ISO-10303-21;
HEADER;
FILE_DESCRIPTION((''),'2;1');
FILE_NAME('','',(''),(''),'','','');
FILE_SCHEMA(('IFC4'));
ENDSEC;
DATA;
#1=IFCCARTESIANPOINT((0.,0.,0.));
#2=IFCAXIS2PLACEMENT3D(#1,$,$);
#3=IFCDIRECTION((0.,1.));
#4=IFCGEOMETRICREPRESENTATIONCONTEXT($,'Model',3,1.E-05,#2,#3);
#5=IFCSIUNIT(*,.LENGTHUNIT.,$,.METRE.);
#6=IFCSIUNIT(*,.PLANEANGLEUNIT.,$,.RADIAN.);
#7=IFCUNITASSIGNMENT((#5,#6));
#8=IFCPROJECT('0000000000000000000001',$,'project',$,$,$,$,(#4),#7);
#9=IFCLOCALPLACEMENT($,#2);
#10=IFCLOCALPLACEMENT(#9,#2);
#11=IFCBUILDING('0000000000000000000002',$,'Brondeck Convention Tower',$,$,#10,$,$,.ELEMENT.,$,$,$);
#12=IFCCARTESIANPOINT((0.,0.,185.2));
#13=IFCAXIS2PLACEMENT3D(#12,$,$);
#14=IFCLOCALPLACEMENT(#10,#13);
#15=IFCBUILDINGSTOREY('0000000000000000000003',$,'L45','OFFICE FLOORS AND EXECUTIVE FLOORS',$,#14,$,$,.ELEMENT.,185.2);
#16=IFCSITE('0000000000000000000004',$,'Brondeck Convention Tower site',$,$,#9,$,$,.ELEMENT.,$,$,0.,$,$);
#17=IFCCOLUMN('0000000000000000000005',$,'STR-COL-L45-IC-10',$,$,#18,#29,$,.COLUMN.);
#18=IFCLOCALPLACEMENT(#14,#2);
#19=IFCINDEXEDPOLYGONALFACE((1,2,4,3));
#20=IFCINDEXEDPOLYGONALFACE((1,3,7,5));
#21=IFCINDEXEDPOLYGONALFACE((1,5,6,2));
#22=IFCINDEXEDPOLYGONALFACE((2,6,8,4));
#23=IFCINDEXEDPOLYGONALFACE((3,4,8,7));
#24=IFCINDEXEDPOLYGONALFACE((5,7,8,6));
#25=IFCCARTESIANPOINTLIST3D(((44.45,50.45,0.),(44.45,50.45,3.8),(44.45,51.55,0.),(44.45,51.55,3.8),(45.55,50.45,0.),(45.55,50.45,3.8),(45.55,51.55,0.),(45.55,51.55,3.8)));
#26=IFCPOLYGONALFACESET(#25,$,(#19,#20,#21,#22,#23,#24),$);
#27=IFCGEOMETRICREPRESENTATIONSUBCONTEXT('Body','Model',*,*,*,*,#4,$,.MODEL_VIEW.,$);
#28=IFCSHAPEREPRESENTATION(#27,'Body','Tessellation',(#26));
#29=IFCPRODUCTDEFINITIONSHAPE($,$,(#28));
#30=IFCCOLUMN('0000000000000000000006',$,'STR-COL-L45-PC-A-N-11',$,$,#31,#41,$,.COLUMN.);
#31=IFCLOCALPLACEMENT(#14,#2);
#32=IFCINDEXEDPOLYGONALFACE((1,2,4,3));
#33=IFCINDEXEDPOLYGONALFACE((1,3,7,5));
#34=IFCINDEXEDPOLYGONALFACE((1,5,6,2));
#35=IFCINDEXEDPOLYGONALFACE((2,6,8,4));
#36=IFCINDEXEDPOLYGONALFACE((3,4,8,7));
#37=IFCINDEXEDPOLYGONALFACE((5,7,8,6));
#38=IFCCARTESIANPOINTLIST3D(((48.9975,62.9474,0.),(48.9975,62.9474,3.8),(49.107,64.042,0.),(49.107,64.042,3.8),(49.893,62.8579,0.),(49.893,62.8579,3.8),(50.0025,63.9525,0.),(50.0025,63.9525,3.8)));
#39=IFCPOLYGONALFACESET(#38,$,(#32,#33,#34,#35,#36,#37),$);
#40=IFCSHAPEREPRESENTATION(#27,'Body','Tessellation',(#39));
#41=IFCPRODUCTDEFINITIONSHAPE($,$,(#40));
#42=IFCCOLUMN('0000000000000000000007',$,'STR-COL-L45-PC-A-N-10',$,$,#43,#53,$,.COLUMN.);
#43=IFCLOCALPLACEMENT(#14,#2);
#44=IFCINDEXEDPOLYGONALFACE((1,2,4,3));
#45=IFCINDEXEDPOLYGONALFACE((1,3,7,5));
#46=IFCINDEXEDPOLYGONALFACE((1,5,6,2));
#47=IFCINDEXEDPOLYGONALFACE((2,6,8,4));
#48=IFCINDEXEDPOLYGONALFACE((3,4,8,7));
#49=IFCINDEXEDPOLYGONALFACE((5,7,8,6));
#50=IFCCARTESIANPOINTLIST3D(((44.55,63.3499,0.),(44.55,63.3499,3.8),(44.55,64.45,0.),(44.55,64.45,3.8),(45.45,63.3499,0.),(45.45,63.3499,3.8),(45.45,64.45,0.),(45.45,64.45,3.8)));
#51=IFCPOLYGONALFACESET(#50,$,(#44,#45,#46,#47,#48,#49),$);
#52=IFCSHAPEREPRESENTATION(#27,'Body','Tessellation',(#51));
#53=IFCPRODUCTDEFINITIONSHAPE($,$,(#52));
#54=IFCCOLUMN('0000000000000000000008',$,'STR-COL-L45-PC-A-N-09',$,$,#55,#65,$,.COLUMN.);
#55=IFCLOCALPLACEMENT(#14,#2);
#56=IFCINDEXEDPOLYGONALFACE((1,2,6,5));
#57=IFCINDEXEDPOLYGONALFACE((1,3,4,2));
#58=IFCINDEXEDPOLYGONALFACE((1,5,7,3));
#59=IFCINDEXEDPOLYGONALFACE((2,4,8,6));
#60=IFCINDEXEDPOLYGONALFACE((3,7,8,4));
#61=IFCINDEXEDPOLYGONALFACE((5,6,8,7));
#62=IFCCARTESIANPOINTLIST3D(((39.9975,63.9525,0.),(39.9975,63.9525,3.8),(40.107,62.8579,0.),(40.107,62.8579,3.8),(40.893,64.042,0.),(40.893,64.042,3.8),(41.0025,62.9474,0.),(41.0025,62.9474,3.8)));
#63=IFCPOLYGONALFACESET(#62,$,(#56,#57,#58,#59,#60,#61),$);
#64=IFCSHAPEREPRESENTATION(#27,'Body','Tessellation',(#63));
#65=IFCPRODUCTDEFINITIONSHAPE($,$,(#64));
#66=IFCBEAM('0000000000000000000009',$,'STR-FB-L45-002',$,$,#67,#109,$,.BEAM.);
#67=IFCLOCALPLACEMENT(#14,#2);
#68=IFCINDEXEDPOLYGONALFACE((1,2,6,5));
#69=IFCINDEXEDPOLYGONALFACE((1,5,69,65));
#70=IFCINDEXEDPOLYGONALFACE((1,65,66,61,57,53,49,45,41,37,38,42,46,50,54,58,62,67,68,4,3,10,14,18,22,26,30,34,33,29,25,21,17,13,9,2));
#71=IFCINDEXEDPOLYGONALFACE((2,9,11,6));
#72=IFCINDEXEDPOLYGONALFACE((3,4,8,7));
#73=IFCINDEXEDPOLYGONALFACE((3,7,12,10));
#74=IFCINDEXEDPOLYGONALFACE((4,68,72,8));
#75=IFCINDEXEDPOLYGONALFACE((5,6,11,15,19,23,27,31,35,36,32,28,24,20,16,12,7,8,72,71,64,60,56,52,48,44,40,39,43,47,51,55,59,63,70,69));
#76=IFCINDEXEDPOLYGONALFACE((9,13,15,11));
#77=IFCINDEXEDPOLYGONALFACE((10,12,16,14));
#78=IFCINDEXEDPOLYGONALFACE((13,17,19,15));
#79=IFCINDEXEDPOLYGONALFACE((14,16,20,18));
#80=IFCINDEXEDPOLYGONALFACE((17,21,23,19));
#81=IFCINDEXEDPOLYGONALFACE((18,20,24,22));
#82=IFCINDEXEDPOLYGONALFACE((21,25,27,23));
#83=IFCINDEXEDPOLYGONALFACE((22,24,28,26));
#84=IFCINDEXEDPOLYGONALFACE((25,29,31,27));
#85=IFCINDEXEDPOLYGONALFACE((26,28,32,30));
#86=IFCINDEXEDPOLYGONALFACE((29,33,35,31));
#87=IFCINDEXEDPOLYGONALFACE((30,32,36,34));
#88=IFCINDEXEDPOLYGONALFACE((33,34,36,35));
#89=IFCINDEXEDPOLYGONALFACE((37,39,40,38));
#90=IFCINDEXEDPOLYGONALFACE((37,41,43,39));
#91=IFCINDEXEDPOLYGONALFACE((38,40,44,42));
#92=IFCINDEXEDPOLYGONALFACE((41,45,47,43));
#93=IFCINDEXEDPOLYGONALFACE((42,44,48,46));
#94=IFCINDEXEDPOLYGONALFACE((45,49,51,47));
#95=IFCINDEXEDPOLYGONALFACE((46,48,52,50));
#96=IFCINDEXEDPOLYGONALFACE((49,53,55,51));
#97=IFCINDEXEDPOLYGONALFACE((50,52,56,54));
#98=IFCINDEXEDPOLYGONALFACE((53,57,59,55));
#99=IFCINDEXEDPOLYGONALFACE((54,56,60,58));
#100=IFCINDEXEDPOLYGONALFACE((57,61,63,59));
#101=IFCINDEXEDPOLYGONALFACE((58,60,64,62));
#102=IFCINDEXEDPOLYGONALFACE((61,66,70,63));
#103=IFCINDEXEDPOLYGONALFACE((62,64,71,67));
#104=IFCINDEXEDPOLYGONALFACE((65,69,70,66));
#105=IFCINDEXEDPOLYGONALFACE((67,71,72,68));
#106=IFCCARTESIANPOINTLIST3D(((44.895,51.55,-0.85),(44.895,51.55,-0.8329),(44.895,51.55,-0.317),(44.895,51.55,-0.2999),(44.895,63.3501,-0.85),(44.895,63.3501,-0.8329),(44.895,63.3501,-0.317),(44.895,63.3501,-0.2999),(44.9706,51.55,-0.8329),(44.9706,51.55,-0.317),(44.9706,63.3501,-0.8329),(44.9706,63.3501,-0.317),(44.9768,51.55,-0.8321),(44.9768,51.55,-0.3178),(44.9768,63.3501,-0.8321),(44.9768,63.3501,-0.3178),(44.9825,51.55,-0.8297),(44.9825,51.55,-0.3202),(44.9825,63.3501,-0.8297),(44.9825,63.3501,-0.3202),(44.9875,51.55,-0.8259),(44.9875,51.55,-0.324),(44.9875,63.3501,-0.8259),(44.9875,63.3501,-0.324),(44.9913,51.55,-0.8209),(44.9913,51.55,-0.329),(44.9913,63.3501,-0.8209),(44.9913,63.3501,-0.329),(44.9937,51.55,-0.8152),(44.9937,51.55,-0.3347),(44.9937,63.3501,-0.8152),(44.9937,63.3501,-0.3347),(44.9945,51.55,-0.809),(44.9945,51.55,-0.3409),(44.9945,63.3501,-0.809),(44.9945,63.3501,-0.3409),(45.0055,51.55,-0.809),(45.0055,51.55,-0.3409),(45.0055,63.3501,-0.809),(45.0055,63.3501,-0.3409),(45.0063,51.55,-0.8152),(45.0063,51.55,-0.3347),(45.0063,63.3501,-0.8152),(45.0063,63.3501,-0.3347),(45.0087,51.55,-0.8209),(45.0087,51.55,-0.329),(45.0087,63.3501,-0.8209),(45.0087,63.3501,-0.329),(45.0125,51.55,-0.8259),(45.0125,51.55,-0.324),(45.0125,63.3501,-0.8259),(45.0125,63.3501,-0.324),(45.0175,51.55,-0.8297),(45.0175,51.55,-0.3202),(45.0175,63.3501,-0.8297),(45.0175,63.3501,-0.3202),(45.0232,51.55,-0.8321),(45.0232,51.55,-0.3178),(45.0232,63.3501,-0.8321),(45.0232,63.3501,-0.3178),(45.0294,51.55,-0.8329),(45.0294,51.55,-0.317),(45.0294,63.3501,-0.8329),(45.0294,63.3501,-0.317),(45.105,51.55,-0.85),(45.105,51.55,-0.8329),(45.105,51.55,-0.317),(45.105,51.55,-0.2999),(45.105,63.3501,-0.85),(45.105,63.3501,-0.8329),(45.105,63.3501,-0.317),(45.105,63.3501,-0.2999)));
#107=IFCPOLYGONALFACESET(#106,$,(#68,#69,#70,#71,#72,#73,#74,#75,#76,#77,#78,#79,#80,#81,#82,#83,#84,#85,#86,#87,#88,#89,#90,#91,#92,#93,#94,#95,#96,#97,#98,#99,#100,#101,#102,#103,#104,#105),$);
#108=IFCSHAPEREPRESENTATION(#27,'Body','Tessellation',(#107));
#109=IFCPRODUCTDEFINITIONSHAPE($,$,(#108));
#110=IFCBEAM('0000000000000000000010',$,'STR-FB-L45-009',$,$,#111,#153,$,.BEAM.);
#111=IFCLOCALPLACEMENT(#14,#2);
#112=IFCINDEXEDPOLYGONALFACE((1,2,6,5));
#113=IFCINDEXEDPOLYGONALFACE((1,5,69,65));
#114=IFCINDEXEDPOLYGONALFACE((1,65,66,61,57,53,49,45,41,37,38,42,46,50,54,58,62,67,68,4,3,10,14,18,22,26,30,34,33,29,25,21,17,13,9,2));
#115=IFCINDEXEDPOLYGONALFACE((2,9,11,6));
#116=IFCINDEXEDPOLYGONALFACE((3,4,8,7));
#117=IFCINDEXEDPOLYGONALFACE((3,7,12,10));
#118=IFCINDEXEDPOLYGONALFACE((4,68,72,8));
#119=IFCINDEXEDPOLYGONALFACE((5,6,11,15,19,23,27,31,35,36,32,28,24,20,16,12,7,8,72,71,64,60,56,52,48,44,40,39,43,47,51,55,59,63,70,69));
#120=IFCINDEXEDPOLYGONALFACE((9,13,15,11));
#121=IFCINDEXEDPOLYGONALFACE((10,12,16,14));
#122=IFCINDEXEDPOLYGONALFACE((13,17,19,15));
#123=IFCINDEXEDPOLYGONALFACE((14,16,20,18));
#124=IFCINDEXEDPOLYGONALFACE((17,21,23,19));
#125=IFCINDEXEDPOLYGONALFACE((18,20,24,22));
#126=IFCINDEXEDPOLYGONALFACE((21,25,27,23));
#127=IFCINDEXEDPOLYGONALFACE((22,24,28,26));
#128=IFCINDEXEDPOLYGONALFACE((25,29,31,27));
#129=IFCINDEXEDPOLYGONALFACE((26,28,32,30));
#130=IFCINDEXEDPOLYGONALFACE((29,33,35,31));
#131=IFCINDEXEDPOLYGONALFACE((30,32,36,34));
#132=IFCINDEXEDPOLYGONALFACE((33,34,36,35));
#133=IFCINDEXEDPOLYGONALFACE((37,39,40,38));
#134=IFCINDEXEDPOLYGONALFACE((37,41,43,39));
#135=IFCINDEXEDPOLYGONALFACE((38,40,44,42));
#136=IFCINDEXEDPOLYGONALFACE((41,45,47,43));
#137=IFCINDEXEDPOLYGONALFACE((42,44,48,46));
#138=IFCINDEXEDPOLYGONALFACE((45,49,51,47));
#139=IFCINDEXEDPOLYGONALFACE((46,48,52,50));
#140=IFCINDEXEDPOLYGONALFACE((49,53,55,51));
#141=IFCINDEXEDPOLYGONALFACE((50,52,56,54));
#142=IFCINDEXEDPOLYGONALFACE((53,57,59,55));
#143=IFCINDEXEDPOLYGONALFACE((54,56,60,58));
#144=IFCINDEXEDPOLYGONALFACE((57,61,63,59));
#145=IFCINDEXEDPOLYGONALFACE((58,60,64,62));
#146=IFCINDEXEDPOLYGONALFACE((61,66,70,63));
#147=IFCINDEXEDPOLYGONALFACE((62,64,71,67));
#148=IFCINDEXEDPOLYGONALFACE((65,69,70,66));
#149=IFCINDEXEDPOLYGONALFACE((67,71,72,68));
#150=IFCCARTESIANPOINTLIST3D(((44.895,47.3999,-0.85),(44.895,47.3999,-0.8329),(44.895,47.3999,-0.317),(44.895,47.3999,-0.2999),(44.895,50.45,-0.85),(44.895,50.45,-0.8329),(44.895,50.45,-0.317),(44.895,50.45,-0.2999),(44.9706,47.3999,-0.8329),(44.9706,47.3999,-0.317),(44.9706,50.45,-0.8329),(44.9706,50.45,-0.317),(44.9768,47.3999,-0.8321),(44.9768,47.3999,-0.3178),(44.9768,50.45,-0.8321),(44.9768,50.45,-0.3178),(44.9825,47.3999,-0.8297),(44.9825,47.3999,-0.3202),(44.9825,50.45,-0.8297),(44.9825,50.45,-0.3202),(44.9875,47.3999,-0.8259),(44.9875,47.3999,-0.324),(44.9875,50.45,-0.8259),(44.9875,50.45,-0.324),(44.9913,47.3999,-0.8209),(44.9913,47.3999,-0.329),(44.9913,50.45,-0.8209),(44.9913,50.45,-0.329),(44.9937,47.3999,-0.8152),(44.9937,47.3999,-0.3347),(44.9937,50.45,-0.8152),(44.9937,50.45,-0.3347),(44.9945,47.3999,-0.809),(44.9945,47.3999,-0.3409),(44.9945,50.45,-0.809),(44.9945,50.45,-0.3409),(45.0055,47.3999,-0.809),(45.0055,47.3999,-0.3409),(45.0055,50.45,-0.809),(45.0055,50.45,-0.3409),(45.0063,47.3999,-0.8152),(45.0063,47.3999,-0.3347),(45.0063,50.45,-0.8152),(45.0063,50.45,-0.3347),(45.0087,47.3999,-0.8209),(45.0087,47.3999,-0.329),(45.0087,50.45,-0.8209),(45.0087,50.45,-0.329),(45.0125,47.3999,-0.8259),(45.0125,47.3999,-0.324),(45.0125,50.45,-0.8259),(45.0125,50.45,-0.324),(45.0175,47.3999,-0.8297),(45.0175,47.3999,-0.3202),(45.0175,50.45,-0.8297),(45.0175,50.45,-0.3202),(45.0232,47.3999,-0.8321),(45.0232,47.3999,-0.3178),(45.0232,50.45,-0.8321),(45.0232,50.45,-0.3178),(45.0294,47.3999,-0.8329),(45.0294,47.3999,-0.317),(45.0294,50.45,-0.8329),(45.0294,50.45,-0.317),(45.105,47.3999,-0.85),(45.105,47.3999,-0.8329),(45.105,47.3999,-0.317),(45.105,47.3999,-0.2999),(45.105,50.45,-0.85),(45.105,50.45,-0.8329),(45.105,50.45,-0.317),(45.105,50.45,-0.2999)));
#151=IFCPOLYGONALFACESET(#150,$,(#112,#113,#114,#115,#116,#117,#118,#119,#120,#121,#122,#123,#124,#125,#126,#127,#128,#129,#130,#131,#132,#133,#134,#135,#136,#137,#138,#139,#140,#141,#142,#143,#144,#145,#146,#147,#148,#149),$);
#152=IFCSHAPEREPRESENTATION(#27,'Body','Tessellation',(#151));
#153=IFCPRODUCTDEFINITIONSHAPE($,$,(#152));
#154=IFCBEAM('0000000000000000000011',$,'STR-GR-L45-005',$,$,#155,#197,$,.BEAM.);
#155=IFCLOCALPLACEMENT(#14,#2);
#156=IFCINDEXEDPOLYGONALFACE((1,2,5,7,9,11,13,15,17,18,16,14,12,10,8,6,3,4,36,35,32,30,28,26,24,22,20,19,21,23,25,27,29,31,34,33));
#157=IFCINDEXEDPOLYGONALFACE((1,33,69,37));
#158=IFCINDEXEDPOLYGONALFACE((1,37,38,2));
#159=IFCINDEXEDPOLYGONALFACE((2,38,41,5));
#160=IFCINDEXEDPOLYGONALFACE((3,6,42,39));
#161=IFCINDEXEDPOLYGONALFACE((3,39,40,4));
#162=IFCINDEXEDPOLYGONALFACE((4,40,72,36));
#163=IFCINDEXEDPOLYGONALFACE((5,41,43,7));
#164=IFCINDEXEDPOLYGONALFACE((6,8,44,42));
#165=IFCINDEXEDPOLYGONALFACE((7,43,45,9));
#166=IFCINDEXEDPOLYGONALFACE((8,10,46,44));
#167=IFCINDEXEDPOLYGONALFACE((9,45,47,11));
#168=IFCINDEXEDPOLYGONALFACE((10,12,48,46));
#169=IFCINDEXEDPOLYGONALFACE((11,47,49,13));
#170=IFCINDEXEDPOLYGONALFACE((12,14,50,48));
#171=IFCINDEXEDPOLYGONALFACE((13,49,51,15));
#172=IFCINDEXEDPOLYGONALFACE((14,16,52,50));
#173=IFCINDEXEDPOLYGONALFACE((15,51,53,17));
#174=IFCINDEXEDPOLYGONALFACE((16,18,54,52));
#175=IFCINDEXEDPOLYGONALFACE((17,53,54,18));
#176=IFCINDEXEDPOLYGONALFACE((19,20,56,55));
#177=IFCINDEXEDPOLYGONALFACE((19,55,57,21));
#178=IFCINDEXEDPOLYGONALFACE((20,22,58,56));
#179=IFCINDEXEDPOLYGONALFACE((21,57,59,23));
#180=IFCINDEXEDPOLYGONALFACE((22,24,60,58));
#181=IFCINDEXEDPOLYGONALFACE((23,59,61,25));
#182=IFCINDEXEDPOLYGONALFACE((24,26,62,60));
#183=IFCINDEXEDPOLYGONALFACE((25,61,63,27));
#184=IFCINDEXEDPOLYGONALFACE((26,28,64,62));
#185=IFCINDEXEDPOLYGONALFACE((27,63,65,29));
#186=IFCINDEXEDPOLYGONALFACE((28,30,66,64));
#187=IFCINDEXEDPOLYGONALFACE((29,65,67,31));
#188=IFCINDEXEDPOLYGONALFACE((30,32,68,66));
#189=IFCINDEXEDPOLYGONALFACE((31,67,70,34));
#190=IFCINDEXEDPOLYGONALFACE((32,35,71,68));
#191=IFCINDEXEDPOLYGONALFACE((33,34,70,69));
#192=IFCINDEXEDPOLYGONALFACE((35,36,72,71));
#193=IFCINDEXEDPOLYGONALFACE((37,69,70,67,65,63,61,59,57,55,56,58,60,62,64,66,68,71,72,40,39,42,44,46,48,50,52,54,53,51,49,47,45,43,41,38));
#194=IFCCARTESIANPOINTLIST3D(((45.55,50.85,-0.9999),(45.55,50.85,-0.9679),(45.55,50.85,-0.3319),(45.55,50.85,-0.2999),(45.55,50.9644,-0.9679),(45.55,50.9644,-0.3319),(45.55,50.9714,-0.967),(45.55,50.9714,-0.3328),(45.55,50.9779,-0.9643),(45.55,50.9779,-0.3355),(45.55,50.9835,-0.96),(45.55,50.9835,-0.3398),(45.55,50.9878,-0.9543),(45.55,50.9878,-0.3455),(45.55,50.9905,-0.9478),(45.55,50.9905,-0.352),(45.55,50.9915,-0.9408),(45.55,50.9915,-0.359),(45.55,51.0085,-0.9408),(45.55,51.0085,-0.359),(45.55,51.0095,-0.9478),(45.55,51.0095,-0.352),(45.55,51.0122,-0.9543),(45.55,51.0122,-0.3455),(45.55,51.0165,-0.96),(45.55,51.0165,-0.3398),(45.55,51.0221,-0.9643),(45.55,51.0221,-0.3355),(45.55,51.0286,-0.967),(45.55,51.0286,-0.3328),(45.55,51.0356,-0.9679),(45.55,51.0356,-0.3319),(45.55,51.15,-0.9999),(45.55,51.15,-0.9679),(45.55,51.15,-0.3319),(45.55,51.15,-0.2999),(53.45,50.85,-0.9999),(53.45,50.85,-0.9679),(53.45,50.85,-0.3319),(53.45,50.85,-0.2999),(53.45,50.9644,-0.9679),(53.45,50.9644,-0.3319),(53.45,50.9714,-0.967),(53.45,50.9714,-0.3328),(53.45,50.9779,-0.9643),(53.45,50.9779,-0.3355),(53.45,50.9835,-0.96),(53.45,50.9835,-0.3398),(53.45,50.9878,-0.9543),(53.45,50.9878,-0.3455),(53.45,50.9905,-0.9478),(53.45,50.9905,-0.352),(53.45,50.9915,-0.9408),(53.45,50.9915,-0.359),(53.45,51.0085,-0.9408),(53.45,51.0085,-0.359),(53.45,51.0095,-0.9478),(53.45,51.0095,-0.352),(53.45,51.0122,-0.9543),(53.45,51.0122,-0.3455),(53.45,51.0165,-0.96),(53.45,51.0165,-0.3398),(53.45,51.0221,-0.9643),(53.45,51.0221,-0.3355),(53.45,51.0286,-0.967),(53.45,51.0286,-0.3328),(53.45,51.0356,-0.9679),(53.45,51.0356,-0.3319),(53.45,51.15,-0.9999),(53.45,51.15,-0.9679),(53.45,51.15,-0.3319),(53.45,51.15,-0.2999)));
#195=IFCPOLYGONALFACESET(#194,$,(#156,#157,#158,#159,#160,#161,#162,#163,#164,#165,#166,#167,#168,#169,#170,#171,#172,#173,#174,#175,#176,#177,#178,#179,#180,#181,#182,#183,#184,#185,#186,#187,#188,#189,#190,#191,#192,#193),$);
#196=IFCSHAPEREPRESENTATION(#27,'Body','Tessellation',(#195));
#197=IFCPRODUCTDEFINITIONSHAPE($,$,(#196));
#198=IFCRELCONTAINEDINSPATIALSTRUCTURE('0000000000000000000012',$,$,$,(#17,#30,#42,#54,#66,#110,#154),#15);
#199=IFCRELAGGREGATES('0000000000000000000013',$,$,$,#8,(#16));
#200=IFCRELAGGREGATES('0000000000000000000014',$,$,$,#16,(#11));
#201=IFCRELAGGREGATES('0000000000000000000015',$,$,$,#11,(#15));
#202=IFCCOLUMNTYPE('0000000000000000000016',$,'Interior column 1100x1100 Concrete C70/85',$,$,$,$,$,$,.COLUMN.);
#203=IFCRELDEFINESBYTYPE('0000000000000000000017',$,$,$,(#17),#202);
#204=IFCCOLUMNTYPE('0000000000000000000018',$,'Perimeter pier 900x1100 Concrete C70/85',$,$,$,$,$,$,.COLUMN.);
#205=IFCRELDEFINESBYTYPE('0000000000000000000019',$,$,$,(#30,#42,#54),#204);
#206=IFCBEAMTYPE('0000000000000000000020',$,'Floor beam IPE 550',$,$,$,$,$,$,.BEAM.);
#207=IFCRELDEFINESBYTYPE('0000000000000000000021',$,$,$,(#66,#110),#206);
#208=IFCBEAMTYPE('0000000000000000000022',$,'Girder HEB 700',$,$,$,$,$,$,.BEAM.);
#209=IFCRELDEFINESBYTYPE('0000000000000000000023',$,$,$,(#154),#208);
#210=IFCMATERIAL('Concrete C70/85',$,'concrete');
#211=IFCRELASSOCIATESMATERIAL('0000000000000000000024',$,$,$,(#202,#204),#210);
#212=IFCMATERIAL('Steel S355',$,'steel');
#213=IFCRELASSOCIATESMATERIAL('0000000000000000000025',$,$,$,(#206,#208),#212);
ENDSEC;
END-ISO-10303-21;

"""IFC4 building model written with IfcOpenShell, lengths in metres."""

from ifc_helpers import new_model, si_unit, direction, frame, origin, origin_2d, place, context, subcontext, project, spatial, rectangle, i_section, extrude, material, material_profile, profile_set, type_object, element, save


model = new_model("IFC4")

# Units and contexts
model_context = context("Model", 3, precision=1e-05, world=origin(), true_north=direction((0.0, 1.0)))
body_context = subcontext(model_context, "Body", "Model", "MODEL_VIEW")
ifc_project = project(units=[si_unit("LENGTHUNIT", "METRE"), si_unit("PLANEANGLEUNIT", "RADIAN")], contexts=[model_context])

# Site, building, storey
site_placement = place(None, origin())
site = spatial("IfcSite", under=ifc_project, at=site_placement, Name="Brondeck Convention Tower site", CompositionType="ELEMENT", RefElevation=0.0)
building_placement = place(site_placement, origin())
building = spatial("IfcBuilding", under=site, at=building_placement, Name="Brondeck Convention Tower", CompositionType="ELEMENT")
storey_placement = place(building_placement, frame((0.0, 0.0, 185.2)))
storey = spatial("IfcBuildingStorey", under=building, at=storey_placement, Name="L45", Description="OFFICE FLOORS AND EXECUTIVE FLOORS", CompositionType="ELEMENT", Elevation=185.2)

# Columns
ifc_material_1 = material(Name="Concrete C70/85", Category="concrete")
ifc_material_profile_1 = material_profile(ifc_material_1, rectangle(XDim=1.1001, YDim=1.1001, at=origin_2d()), Name="Interior column 1100x1100 Concrete C70/85")
ifc_profile_set_1 = profile_set([ifc_material_profile_1], Name="Concrete C70/85")
column_type_1 = type_object("IfcColumnType", Name="Interior column 1100x1100 Concrete C70/85", PredefinedType="COLUMN", material=ifc_profile_set_1)
column_placement = place(storey_placement, frame((45.0, 51.0, 0.0), z_axis=(0.0, 0.0, 1.0), x_axis=(1.0, 0.0, 0.0)))
element("IfcColumn", 1, at=column_placement, inside=storey, type_object=column_type_1, Name="STR-COL-L45-IC-10", PredefinedType="COLUMN", context=body_context, shape_type="SweptSolid", body=[
    extrude(rectangle(XDim=1.1001, YDim=1.1001, at=origin_2d()), origin(), (0.0, 0.0, 1.0), 3.8),
])
ifc_material_profile_2 = material_profile(ifc_material_1, rectangle(XDim=0.8999, YDim=1.1001, at=origin_2d()), Name="Perimeter pier 900x1100 Concrete C70/85")
ifc_profile_set_2 = profile_set([ifc_material_profile_2], Name="Concrete C70/85")
column_type_2 = type_object("IfcColumnType", Name="Perimeter pier 900x1100 Concrete C70/85", PredefinedType="COLUMN", material=ifc_profile_set_2)
for number, where, z_axis, x_axis, name in (
    (2, (49.5, 63.45, 0.0), (0.0, 0.0, 1.0), (-0.995037, 0.099504, 0.0), "STR-COL-L45-PC-A-N-11"),
    (3, (45.0, 63.8999, 0.0), (0.0, 0.0, 1.0), (-1.0, 0.0, 0.0), "STR-COL-L45-PC-A-N-10"),
    (4, (40.5, 63.45, 0.0), (0.0, 0.0, 1.0), (-0.995037, -0.099504, 0.0), "STR-COL-L45-PC-A-N-09"),
):
    element("IfcColumn", number, at=place(storey_placement, frame(where, z_axis=z_axis, x_axis=x_axis)), inside=storey, type_object=column_type_2, Name=name, PredefinedType="COLUMN", context=body_context, shape_type="SweptSolid", body=[
        extrude(rectangle(XDim=0.8999, YDim=1.1001, at=origin_2d()), origin(), (0.0, 0.0, 1.0), 3.8),
    ])

# Beams
ifc_material_2 = material(Name="Steel S355", Category="steel")
ifc_material_profile_3 = material_profile(ifc_material_2, i_section(OverallWidth=0.21, OverallDepth=0.55, WebThickness=0.011, FlangeThickness=0.0171, FilletRadius=0.0239, at=origin_2d()), Name="IPE 550")
ifc_profile_set_3 = profile_set([ifc_material_profile_3], Name="Steel S355")
beam_type_1 = type_object("IfcBeamType", Name="Floor beam IPE 550", PredefinedType="BEAM", material=ifc_profile_set_3)
beam_1_placement = place(storey_placement, frame((45.0, 51.55, -0.575), z_axis=(0.0, 1.0, 0.0), x_axis=(-1.0, 0.0, 0.0)))
element("IfcBeam", 5, at=beam_1_placement, inside=storey, type_object=beam_type_1, Name="STR-FB-L45-002", PredefinedType="BEAM", context=body_context, shape_type="SweptSolid", body=[
    extrude(i_section(OverallWidth=0.21, OverallDepth=0.55, WebThickness=0.011, FlangeThickness=0.0171, FilletRadius=0.0239, at=origin_2d()), origin(), (0.0, 0.0, 1.0), 11.8),
])
beam_2_placement = place(storey_placement, frame((45.0, 47.3999, -0.575), z_axis=(0.0, 1.0, 0.0), x_axis=(-1.0, 0.0, 0.0)))
element("IfcBeam", 6, at=beam_2_placement, inside=storey, type_object=beam_type_1, Name="STR-FB-L45-009", PredefinedType="BEAM", context=body_context, shape_type="SweptSolid", body=[
    extrude(i_section(OverallWidth=0.21, OverallDepth=0.55, WebThickness=0.011, FlangeThickness=0.0171, FilletRadius=0.0239, at=origin_2d()), origin(), (0.0, 0.0, 1.0), 3.05),
])
ifc_material_profile_4 = material_profile(ifc_material_2, i_section(OverallWidth=0.3, OverallDepth=0.7, WebThickness=0.0171, FlangeThickness=0.032, FilletRadius=0.0271, at=origin_2d()), Name="HEB 700")
ifc_profile_set_4 = profile_set([ifc_material_profile_4], Name="Steel S355")
beam_type_2 = type_object("IfcBeamType", Name="Girder HEB 700", PredefinedType="BEAM", material=ifc_profile_set_4)
beam_3_placement = place(storey_placement, frame((45.55, 51.0, -0.6499), z_axis=(1.0, 0.0, 0.0), x_axis=(0.0, 1.0, 0.0)))
element("IfcBeam", 7, at=beam_3_placement, inside=storey, type_object=beam_type_2, Name="STR-GR-L45-005", PredefinedType="BEAM", context=body_context, shape_type="SweptSolid", body=[
    extrude(i_section(OverallWidth=0.3, OverallDepth=0.7, WebThickness=0.0171, FlangeThickness=0.032, FilletRadius=0.0271, at=origin_2d()), origin(), (0.0, 0.0, 1.0), 7.8999),
])

save(model, "model.ifc")
